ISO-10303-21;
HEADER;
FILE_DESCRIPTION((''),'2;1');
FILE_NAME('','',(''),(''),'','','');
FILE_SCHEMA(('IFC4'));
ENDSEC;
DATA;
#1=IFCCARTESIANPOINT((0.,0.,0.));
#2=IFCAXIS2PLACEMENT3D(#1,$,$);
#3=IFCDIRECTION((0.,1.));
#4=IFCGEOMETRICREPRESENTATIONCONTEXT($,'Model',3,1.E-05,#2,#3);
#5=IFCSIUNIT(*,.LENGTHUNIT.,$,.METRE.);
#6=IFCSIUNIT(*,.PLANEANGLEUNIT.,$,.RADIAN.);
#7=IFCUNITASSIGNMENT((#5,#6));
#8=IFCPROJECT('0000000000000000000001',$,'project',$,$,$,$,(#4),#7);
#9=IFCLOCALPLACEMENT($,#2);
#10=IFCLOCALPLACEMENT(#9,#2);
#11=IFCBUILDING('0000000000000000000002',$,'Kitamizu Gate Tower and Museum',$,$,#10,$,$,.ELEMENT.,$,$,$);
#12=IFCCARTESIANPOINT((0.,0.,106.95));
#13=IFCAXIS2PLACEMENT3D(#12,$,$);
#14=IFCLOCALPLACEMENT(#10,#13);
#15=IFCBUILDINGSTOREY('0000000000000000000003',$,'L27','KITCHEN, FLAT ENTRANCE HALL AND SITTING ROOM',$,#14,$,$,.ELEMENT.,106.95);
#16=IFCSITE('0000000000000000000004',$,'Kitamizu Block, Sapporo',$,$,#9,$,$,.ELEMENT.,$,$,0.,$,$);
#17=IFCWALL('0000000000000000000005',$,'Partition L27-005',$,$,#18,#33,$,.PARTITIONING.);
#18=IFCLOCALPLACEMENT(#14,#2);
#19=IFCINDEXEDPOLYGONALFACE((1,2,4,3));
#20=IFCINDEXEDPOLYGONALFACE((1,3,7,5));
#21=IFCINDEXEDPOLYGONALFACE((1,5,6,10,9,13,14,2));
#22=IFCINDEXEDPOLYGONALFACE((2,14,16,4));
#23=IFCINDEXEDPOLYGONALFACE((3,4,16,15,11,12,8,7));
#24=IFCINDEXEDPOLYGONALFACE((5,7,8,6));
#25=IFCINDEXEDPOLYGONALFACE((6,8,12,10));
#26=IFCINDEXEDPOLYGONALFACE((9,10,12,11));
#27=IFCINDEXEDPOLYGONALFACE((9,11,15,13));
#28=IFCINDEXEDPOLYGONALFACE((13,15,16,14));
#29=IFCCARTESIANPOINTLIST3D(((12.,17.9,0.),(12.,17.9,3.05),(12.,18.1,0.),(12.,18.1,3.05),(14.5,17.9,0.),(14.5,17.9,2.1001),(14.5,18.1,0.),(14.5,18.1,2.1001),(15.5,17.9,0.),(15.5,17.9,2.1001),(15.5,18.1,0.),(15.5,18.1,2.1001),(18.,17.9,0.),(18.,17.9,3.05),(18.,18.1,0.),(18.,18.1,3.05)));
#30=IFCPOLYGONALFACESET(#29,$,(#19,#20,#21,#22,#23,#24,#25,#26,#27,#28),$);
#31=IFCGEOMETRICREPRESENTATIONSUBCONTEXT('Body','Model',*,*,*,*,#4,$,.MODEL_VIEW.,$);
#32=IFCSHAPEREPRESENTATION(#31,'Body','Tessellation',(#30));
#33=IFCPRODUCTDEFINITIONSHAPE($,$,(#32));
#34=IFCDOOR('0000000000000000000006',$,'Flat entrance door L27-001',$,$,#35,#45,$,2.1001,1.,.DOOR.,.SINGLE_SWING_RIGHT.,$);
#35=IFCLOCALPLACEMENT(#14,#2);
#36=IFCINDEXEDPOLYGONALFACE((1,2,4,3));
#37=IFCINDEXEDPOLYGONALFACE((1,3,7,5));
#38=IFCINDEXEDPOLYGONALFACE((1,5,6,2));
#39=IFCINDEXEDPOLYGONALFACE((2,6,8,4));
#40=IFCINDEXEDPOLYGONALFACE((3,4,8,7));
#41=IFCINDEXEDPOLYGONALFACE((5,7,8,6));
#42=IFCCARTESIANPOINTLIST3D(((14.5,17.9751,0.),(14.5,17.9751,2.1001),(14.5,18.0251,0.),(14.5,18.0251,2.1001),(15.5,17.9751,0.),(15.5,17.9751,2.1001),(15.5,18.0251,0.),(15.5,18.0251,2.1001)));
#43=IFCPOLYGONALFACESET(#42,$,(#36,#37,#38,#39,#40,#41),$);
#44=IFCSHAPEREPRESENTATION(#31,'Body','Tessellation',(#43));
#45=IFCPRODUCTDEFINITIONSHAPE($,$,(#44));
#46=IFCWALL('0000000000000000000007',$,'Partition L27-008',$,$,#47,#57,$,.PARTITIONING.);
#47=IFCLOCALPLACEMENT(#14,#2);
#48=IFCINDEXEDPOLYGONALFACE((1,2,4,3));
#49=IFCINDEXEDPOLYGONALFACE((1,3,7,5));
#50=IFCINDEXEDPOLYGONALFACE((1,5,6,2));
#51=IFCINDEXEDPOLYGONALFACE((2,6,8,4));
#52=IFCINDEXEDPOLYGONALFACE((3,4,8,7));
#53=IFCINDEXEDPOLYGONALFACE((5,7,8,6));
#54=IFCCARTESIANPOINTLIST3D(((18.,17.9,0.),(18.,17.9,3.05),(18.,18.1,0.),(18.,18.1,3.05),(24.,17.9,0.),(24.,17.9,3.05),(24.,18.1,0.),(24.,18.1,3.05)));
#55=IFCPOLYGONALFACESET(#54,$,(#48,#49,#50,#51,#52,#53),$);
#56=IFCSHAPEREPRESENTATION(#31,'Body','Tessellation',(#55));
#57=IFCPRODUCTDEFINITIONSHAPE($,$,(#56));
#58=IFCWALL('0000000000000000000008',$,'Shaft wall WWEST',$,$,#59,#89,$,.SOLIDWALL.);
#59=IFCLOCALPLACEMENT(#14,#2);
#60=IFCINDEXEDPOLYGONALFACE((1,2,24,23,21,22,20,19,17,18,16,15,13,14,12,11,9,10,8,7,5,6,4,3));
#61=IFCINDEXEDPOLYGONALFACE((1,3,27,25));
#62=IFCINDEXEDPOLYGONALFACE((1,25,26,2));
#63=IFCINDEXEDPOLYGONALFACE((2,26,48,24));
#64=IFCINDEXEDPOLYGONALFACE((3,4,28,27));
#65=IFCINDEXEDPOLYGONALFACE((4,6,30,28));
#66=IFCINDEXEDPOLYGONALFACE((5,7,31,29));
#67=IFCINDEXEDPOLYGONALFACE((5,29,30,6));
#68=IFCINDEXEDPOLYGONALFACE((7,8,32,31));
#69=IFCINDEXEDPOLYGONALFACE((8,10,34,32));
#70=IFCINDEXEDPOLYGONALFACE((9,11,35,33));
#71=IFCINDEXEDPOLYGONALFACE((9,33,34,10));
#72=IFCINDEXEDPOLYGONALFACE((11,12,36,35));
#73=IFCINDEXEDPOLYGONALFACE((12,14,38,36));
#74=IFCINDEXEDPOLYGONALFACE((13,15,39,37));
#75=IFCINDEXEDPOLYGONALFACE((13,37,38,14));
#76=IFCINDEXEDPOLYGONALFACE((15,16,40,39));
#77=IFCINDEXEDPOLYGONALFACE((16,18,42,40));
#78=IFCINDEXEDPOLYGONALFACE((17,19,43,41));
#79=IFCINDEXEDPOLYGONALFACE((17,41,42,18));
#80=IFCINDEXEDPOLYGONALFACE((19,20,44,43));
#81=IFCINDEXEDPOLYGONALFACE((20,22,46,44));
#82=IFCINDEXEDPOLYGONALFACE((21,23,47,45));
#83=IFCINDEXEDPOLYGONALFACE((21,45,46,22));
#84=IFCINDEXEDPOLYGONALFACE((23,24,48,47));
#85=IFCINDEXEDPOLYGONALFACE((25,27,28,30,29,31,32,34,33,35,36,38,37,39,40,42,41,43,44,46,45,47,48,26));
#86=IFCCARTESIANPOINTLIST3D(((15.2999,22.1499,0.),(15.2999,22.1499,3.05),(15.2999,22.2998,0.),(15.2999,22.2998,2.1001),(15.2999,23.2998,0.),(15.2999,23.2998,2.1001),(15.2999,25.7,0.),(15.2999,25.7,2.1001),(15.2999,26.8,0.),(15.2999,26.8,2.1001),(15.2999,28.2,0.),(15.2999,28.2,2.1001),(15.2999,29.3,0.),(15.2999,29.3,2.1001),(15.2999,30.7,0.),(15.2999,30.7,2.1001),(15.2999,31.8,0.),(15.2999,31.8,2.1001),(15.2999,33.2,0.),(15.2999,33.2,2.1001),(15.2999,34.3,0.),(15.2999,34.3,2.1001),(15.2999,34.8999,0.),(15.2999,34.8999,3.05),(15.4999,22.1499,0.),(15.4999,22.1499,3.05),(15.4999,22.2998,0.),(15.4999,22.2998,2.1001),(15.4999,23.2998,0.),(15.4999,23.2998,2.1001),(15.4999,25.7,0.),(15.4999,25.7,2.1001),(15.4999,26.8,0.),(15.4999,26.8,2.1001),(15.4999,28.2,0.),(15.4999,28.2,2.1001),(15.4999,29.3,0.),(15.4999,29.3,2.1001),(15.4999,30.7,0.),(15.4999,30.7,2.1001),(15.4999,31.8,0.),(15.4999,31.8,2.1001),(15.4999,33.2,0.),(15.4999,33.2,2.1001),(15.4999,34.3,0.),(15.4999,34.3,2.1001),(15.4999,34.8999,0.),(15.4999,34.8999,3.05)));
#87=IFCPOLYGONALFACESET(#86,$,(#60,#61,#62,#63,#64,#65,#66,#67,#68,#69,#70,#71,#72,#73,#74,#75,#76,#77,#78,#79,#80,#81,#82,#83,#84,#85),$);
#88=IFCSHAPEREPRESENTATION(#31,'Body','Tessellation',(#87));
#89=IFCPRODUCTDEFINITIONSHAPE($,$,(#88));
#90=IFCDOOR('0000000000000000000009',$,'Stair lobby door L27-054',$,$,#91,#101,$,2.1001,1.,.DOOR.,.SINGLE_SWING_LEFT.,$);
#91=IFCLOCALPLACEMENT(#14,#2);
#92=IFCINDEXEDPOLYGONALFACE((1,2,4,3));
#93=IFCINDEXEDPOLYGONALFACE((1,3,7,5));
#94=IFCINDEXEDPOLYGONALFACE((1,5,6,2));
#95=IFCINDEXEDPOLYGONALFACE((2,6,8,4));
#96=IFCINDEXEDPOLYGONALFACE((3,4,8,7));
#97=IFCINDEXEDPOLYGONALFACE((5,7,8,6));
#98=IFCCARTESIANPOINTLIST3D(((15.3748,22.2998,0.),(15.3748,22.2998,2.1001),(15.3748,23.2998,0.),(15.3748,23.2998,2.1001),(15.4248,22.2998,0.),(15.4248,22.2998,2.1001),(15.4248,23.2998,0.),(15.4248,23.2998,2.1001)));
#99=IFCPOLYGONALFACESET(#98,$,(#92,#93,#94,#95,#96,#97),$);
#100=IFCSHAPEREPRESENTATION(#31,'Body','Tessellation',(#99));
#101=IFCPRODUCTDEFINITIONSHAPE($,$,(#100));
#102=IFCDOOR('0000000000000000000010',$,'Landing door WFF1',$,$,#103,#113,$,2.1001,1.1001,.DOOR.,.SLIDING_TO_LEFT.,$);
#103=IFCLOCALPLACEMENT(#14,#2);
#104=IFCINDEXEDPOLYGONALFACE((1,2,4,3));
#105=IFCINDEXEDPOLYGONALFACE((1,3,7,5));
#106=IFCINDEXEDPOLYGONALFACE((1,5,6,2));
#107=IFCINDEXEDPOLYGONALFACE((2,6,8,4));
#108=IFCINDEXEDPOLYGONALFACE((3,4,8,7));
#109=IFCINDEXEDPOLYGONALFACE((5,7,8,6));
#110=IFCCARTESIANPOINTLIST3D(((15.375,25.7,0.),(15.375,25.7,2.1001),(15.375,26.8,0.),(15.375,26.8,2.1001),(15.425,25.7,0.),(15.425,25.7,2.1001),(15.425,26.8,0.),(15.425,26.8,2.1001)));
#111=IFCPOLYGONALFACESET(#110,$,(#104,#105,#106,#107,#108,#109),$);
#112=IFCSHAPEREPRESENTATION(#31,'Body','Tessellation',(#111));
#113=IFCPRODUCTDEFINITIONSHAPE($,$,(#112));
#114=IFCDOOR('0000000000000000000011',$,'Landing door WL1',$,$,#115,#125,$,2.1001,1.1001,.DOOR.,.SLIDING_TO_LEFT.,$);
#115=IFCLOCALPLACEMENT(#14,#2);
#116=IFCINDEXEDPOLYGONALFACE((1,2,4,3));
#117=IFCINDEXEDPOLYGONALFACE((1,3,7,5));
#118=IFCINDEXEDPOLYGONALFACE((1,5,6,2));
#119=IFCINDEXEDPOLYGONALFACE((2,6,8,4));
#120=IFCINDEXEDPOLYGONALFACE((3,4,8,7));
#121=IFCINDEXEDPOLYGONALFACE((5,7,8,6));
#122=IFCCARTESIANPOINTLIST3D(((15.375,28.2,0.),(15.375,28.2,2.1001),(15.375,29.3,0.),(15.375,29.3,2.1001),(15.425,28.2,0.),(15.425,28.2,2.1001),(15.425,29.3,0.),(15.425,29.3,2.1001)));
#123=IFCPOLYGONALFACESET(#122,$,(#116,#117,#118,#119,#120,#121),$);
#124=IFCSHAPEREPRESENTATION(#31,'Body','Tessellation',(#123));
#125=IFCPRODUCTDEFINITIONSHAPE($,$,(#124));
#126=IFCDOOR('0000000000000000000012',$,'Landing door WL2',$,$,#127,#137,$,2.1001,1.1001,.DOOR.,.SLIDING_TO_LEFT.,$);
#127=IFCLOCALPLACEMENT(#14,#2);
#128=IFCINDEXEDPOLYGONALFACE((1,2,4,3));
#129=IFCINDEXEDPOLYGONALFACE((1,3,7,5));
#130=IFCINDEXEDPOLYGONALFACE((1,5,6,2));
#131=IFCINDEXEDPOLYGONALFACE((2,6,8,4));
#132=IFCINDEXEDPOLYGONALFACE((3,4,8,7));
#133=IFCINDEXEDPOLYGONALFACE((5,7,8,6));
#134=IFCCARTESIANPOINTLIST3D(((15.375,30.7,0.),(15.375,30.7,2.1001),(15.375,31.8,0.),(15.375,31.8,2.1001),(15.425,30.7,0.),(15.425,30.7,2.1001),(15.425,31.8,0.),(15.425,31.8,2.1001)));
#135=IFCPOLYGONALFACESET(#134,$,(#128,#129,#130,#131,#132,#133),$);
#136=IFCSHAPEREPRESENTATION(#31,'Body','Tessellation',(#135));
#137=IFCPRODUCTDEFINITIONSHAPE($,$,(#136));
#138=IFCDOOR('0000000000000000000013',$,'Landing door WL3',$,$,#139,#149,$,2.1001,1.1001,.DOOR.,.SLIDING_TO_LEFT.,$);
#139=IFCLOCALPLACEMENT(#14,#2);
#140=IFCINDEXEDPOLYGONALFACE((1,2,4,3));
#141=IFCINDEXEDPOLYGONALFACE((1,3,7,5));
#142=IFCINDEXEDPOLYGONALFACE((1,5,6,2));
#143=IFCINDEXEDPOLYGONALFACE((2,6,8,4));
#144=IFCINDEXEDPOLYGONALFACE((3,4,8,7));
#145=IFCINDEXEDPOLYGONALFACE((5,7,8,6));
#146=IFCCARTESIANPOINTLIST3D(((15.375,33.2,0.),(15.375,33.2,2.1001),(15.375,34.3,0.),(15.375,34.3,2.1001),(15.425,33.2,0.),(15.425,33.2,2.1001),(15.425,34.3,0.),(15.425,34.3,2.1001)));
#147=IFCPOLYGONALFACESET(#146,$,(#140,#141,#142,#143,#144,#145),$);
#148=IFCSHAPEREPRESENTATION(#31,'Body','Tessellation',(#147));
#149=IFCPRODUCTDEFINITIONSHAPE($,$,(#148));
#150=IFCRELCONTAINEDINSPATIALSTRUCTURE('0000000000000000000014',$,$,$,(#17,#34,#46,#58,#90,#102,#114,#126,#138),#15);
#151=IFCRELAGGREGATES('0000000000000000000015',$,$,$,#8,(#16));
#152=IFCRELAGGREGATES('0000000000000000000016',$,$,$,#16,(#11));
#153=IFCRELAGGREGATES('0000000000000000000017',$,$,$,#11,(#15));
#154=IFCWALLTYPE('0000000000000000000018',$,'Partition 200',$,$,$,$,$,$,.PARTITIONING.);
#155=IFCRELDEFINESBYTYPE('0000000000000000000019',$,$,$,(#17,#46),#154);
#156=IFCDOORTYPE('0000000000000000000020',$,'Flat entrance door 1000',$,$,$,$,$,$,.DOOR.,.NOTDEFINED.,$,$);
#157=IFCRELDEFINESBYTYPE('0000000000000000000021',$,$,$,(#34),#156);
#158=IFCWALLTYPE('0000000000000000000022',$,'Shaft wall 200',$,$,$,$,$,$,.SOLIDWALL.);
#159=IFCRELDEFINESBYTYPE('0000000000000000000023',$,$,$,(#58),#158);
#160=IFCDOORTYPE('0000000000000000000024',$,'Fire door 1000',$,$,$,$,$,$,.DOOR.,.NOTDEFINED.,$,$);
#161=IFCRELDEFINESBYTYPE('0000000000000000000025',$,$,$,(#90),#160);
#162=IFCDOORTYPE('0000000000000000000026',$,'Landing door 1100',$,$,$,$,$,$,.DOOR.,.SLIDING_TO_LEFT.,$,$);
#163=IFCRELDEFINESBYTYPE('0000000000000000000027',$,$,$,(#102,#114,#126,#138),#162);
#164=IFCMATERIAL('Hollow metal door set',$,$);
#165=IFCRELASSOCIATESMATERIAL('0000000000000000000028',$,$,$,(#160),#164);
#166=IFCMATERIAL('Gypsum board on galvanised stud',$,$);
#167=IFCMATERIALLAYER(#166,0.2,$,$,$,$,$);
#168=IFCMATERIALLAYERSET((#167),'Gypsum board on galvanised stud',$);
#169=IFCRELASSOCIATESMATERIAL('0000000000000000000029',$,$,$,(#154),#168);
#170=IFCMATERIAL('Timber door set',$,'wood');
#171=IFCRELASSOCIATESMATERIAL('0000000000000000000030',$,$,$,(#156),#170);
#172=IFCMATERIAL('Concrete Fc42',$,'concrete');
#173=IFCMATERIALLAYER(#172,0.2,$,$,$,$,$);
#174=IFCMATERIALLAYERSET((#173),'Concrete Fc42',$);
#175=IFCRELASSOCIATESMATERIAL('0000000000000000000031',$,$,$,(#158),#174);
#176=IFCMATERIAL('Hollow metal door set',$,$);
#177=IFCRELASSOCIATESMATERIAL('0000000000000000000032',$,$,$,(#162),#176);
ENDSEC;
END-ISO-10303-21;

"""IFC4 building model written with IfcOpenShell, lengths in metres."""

from ifc_helpers import new_model, si_unit, direction, frame, frame_2d, origin, place, context, subcontext, project, spatial, rectangle, extrude, material, layer, layer_set, type_object, element, fill, save


model = new_model("IFC4")

# Units and contexts
model_context = context("Model", 3, precision=1e-05, world=origin(), true_north=direction((0.0, 1.0)))
body_context = subcontext(model_context, "Body", "Model", "MODEL_VIEW")
ifc_project = project(units=[si_unit("LENGTHUNIT", "METRE"), si_unit("PLANEANGLEUNIT", "RADIAN")], contexts=[model_context])

# Site, building, storey
site_placement = place(None, origin())
site = spatial("IfcSite", under=ifc_project, at=site_placement, Name="Kitamizu Block, Sapporo", CompositionType="ELEMENT", RefElevation=0.0)
building_placement = place(site_placement, origin())
building = spatial("IfcBuilding", under=site, at=building_placement, Name="Kitamizu Gate Tower and Museum", CompositionType="ELEMENT")
storey_placement = place(building_placement, frame((0.0, 0.0, 106.95)))
storey = spatial("IfcBuildingStorey", under=building, at=storey_placement, Name="L27", Description="KITCHEN, FLAT ENTRANCE HALL AND SITTING ROOM", CompositionType="ELEMENT", Elevation=106.95)

# Shared definitions
ifc_material_1 = material(Name="Hollow metal door set")
door_type_1 = type_object("IfcDoorType", Name="Fire door 1000", OperationType="NOTDEFINED", PredefinedType="DOOR", material=ifc_material_1)

# Wall, opening, door
ifc_material_2 = material(Name="Gypsum board on galvanised stud")
ifc_layer_1 = layer(ifc_material_2, 0.2)
ifc_layer_set_1 = layer_set([ifc_layer_1], Name="Gypsum board on galvanised stud")
wall_type_1 = type_object("IfcWallType", Name="Partition 200", PredefinedType="PARTITIONING", material=ifc_layer_set_1)
wall_1_placement = place(storey_placement, frame((18.0, 18.0, 0.0), z_axis=(0.0, 0.0, 1.0), x_axis=(-1.0, 0.0, 0.0)))
wall_1 = element("IfcWall", 1, at=wall_1_placement, inside=storey, type_object=wall_type_1, Name="Partition L27-005", PredefinedType="PARTITIONING", context=body_context, shape_type="SweptSolid", body=[
    extrude(rectangle(XDim=6.0, YDim=0.2, at=frame_2d((3.0, 0.0))), origin(), (0.0, 0.0, 1.0), 3.05),
])
opening_1_placement = place(wall_1_placement, frame((2.5, 0.0, 0.0)))
opening_1 = element("IfcOpeningElement", 2, at=opening_1_placement, cuts=wall_1, PredefinedType="OPENING", context=body_context, shape_type="SweptSolid", body=[
    extrude(rectangle(XDim=1.0, YDim=2.1001, at=frame_2d((0.5, 1.05))), frame((0.0, 0.1099, 0.0), z_axis=(0.0, -1.0, 0.0), x_axis=(1.0, 0.0, 0.0)), (0.0, 0.0, 1.0), 0.22),
])
ifc_material_3 = material(Name="Timber door set", Category="wood")
door_type_2 = type_object("IfcDoorType", Name="Flat entrance door 1000", OperationType="NOTDEFINED", PredefinedType="DOOR", material=ifc_material_3)
door_1_placement = place(opening_1_placement, origin())
door_1 = element("IfcDoor", 3, at=door_1_placement, inside=storey, type_object=door_type_2, Name="Flat entrance door L27-001", OperationType="SINGLE_SWING_RIGHT", OverallHeight=2.1001, OverallWidth=1.0, PredefinedType="DOOR", context=body_context, shape_type="SweptSolid", body=[
    extrude(rectangle(XDim=1.0, YDim=2.1001, at=frame_2d((0.5, 1.05))), frame((0.0, 0.0249, 0.0), z_axis=(0.0, -1.0, 0.0), x_axis=(1.0, 0.0, 0.0)), (0.0, 0.0, 1.0), 0.05),
])
fill(opening_1, door_1)

# Wall
wall_2_placement = place(storey_placement, frame((24.0, 18.0, 0.0), z_axis=(0.0, 0.0, 1.0), x_axis=(-1.0, 0.0, 0.0)))
element("IfcWall", 4, at=wall_2_placement, inside=storey, type_object=wall_type_1, Name="Partition L27-008", PredefinedType="PARTITIONING", context=body_context, shape_type="SweptSolid", body=[
    extrude(rectangle(XDim=6.0, YDim=0.2, at=frame_2d((3.0, 0.0))), origin(), (0.0, 0.0, 1.0), 3.05),
])

# Wall, openings, doors
ifc_material_4 = material(Name="Concrete Fc42", Category="concrete")
ifc_layer_2 = layer(ifc_material_4, 0.2)
ifc_layer_set_2 = layer_set([ifc_layer_2], Name="Concrete Fc42")
wall_type_2 = type_object("IfcWallType", Name="Shaft wall 200", PredefinedType="SOLIDWALL", material=ifc_layer_set_2)
wall_3_placement = place(storey_placement, frame((15.3999, 22.1499, 0.0), z_axis=(0.0, 0.0, 1.0), x_axis=(0.0, 1.0, 0.0)))
wall_3 = element("IfcWall", 5, at=wall_3_placement, inside=storey, type_object=wall_type_2, Name="Shaft wall WWEST", PredefinedType="SOLIDWALL", context=body_context, shape_type="SweptSolid", body=[
    extrude(rectangle(XDim=12.75, YDim=0.2, at=frame_2d((6.375, 0.0))), origin(), (0.0, 0.0, 1.0), 3.05),
])
opening_2_placement = place(wall_3_placement, frame((3.55, 0.0, 0.0)))
opening_2 = element("IfcOpeningElement", 6, at=opening_2_placement, cuts=wall_3, PredefinedType="OPENING", context=body_context, shape_type="SweptSolid", body=[
    extrude(rectangle(XDim=1.1001, YDim=2.1001, at=frame_2d((0.55, 1.05))), frame((0.0, 0.1099, 0.0), z_axis=(0.0, -1.0, 0.0), x_axis=(1.0, 0.0, 0.0)), (0.0, 0.0, 1.0), 0.22),
])
opening_3_placement = place(wall_3_placement, frame((6.05, 0.0, 0.0)))
opening_3 = element("IfcOpeningElement", 7, at=opening_3_placement, cuts=wall_3, PredefinedType="OPENING", context=body_context, shape_type="SweptSolid", body=[
    extrude(rectangle(XDim=1.1001, YDim=2.1001, at=frame_2d((0.55, 1.05))), frame((0.0, 0.1099, 0.0), z_axis=(0.0, -1.0, 0.0), x_axis=(1.0, 0.0, 0.0)), (0.0, 0.0, 1.0), 0.22),
])
opening_4_placement = place(wall_3_placement, frame((8.55, 0.0, 0.0)))
opening_4 = element("IfcOpeningElement", 8, at=opening_4_placement, cuts=wall_3, PredefinedType="OPENING", context=body_context, shape_type="SweptSolid", body=[
    extrude(rectangle(XDim=1.1001, YDim=2.1001, at=frame_2d((0.55, 1.05))), frame((0.0, 0.1099, 0.0), z_axis=(0.0, -1.0, 0.0), x_axis=(1.0, 0.0, 0.0)), (0.0, 0.0, 1.0), 0.22),
])
opening_5_placement = place(wall_3_placement, frame((11.05, 0.0, 0.0)))
opening_5 = element("IfcOpeningElement", 9, at=opening_5_placement, cuts=wall_3, PredefinedType="OPENING", context=body_context, shape_type="SweptSolid", body=[
    extrude(rectangle(XDim=1.1001, YDim=2.1001, at=frame_2d((0.55, 1.05))), frame((0.0, 0.1099, 0.0), z_axis=(0.0, -1.0, 0.0), x_axis=(1.0, 0.0, 0.0)), (0.0, 0.0, 1.0), 0.22),
])
opening_6_placement = place(wall_3_placement, frame((0.1499, 0.0, 0.0)))
opening_6 = element("IfcOpeningElement", 10, at=opening_6_placement, cuts=wall_3, PredefinedType="OPENING", context=body_context, shape_type="SweptSolid", body=[
    extrude(rectangle(XDim=1.0, YDim=2.1001, at=frame_2d((0.5, 1.05))), frame((0.0, 0.1099, 0.0), z_axis=(0.0, -1.0, 0.0), x_axis=(1.0, 0.0, 0.0)), (0.0, 0.0, 1.0), 0.22),
])
door_2_placement = place(opening_6_placement, frame((1.0, 0.0, 0.0), x_axis=(-1.0, 0.0, 0.0)))
door_2 = element("IfcDoor", 11, at=door_2_placement, inside=storey, type_object=door_type_1, Name="Stair lobby door L27-054", OperationType="SINGLE_SWING_LEFT", OverallHeight=2.1001, OverallWidth=1.0, PredefinedType="DOOR", context=body_context, shape_type="SweptSolid", body=[
    extrude(rectangle(XDim=1.0, YDim=2.1001, at=frame_2d((0.5, 1.05))), frame((0.0, 0.0249, 0.0), z_axis=(0.0, -1.0, 0.0), x_axis=(1.0, 0.0, 0.0)), (0.0, 0.0, 1.0), 0.05),
])
fill(opening_6, door_2)
ifc_material_5 = material(Name="Hollow metal door set")
door_type_3 = type_object("IfcDoorType", Name="Landing door 1100", OperationType="SLIDING_TO_LEFT", PredefinedType="DOOR", material=ifc_material_5)
door_3_placement = place(opening_2_placement, origin())
door_3 = element("IfcDoor", 12, at=door_3_placement, inside=storey, type_object=door_type_3, Name="Landing door WFF1", OperationType="SLIDING_TO_LEFT", OverallHeight=2.1001, OverallWidth=1.1001, PredefinedType="DOOR", context=body_context, shape_type="SweptSolid", body=[
    extrude(rectangle(XDim=1.1001, YDim=2.1001, at=frame_2d((0.55, 1.05))), frame((0.0, 0.0249, 0.0), z_axis=(0.0, -1.0, 0.0), x_axis=(1.0, 0.0, 0.0)), (0.0, 0.0, 1.0), 0.05),
])
fill(opening_2, door_3)
door_4_placement = place(opening_3_placement, origin())
door_4 = element("IfcDoor", 13, at=door_4_placement, inside=storey, type_object=door_type_3, Name="Landing door WL1", OperationType="SLIDING_TO_LEFT", OverallHeight=2.1001, OverallWidth=1.1001, PredefinedType="DOOR", context=body_context, shape_type="SweptSolid", body=[
    extrude(rectangle(XDim=1.1001, YDim=2.1001, at=frame_2d((0.55, 1.05))), frame((0.0, 0.0249, 0.0), z_axis=(0.0, -1.0, 0.0), x_axis=(1.0, 0.0, 0.0)), (0.0, 0.0, 1.0), 0.05),
])
fill(opening_3, door_4)
door_5_placement = place(opening_4_placement, origin())
door_5 = element("IfcDoor", 14, at=door_5_placement, inside=storey, type_object=door_type_3, Name="Landing door WL2", OperationType="SLIDING_TO_LEFT", OverallHeight=2.1001, OverallWidth=1.1001, PredefinedType="DOOR", context=body_context, shape_type="SweptSolid", body=[
    extrude(rectangle(XDim=1.1001, YDim=2.1001, at=frame_2d((0.55, 1.05))), frame((0.0, 0.0249, 0.0), z_axis=(0.0, -1.0, 0.0), x_axis=(1.0, 0.0, 0.0)), (0.0, 0.0, 1.0), 0.05),
])
fill(opening_4, door_5)
door_6_placement = place(opening_5_placement, origin())
door_6 = element("IfcDoor", 15, at=door_6_placement, inside=storey, type_object=door_type_3, Name="Landing door WL3", OperationType="SLIDING_TO_LEFT", OverallHeight=2.1001, OverallWidth=1.1001, PredefinedType="DOOR", context=body_context, shape_type="SweptSolid", body=[
    extrude(rectangle(XDim=1.1001, YDim=2.1001, at=frame_2d((0.55, 1.05))), frame((0.0, 0.0249, 0.0), z_axis=(0.0, -1.0, 0.0), x_axis=(1.0, 0.0, 0.0)), (0.0, 0.0, 1.0), 0.05),
])
fill(opening_5, door_6)

save(model, "model.ifc")
